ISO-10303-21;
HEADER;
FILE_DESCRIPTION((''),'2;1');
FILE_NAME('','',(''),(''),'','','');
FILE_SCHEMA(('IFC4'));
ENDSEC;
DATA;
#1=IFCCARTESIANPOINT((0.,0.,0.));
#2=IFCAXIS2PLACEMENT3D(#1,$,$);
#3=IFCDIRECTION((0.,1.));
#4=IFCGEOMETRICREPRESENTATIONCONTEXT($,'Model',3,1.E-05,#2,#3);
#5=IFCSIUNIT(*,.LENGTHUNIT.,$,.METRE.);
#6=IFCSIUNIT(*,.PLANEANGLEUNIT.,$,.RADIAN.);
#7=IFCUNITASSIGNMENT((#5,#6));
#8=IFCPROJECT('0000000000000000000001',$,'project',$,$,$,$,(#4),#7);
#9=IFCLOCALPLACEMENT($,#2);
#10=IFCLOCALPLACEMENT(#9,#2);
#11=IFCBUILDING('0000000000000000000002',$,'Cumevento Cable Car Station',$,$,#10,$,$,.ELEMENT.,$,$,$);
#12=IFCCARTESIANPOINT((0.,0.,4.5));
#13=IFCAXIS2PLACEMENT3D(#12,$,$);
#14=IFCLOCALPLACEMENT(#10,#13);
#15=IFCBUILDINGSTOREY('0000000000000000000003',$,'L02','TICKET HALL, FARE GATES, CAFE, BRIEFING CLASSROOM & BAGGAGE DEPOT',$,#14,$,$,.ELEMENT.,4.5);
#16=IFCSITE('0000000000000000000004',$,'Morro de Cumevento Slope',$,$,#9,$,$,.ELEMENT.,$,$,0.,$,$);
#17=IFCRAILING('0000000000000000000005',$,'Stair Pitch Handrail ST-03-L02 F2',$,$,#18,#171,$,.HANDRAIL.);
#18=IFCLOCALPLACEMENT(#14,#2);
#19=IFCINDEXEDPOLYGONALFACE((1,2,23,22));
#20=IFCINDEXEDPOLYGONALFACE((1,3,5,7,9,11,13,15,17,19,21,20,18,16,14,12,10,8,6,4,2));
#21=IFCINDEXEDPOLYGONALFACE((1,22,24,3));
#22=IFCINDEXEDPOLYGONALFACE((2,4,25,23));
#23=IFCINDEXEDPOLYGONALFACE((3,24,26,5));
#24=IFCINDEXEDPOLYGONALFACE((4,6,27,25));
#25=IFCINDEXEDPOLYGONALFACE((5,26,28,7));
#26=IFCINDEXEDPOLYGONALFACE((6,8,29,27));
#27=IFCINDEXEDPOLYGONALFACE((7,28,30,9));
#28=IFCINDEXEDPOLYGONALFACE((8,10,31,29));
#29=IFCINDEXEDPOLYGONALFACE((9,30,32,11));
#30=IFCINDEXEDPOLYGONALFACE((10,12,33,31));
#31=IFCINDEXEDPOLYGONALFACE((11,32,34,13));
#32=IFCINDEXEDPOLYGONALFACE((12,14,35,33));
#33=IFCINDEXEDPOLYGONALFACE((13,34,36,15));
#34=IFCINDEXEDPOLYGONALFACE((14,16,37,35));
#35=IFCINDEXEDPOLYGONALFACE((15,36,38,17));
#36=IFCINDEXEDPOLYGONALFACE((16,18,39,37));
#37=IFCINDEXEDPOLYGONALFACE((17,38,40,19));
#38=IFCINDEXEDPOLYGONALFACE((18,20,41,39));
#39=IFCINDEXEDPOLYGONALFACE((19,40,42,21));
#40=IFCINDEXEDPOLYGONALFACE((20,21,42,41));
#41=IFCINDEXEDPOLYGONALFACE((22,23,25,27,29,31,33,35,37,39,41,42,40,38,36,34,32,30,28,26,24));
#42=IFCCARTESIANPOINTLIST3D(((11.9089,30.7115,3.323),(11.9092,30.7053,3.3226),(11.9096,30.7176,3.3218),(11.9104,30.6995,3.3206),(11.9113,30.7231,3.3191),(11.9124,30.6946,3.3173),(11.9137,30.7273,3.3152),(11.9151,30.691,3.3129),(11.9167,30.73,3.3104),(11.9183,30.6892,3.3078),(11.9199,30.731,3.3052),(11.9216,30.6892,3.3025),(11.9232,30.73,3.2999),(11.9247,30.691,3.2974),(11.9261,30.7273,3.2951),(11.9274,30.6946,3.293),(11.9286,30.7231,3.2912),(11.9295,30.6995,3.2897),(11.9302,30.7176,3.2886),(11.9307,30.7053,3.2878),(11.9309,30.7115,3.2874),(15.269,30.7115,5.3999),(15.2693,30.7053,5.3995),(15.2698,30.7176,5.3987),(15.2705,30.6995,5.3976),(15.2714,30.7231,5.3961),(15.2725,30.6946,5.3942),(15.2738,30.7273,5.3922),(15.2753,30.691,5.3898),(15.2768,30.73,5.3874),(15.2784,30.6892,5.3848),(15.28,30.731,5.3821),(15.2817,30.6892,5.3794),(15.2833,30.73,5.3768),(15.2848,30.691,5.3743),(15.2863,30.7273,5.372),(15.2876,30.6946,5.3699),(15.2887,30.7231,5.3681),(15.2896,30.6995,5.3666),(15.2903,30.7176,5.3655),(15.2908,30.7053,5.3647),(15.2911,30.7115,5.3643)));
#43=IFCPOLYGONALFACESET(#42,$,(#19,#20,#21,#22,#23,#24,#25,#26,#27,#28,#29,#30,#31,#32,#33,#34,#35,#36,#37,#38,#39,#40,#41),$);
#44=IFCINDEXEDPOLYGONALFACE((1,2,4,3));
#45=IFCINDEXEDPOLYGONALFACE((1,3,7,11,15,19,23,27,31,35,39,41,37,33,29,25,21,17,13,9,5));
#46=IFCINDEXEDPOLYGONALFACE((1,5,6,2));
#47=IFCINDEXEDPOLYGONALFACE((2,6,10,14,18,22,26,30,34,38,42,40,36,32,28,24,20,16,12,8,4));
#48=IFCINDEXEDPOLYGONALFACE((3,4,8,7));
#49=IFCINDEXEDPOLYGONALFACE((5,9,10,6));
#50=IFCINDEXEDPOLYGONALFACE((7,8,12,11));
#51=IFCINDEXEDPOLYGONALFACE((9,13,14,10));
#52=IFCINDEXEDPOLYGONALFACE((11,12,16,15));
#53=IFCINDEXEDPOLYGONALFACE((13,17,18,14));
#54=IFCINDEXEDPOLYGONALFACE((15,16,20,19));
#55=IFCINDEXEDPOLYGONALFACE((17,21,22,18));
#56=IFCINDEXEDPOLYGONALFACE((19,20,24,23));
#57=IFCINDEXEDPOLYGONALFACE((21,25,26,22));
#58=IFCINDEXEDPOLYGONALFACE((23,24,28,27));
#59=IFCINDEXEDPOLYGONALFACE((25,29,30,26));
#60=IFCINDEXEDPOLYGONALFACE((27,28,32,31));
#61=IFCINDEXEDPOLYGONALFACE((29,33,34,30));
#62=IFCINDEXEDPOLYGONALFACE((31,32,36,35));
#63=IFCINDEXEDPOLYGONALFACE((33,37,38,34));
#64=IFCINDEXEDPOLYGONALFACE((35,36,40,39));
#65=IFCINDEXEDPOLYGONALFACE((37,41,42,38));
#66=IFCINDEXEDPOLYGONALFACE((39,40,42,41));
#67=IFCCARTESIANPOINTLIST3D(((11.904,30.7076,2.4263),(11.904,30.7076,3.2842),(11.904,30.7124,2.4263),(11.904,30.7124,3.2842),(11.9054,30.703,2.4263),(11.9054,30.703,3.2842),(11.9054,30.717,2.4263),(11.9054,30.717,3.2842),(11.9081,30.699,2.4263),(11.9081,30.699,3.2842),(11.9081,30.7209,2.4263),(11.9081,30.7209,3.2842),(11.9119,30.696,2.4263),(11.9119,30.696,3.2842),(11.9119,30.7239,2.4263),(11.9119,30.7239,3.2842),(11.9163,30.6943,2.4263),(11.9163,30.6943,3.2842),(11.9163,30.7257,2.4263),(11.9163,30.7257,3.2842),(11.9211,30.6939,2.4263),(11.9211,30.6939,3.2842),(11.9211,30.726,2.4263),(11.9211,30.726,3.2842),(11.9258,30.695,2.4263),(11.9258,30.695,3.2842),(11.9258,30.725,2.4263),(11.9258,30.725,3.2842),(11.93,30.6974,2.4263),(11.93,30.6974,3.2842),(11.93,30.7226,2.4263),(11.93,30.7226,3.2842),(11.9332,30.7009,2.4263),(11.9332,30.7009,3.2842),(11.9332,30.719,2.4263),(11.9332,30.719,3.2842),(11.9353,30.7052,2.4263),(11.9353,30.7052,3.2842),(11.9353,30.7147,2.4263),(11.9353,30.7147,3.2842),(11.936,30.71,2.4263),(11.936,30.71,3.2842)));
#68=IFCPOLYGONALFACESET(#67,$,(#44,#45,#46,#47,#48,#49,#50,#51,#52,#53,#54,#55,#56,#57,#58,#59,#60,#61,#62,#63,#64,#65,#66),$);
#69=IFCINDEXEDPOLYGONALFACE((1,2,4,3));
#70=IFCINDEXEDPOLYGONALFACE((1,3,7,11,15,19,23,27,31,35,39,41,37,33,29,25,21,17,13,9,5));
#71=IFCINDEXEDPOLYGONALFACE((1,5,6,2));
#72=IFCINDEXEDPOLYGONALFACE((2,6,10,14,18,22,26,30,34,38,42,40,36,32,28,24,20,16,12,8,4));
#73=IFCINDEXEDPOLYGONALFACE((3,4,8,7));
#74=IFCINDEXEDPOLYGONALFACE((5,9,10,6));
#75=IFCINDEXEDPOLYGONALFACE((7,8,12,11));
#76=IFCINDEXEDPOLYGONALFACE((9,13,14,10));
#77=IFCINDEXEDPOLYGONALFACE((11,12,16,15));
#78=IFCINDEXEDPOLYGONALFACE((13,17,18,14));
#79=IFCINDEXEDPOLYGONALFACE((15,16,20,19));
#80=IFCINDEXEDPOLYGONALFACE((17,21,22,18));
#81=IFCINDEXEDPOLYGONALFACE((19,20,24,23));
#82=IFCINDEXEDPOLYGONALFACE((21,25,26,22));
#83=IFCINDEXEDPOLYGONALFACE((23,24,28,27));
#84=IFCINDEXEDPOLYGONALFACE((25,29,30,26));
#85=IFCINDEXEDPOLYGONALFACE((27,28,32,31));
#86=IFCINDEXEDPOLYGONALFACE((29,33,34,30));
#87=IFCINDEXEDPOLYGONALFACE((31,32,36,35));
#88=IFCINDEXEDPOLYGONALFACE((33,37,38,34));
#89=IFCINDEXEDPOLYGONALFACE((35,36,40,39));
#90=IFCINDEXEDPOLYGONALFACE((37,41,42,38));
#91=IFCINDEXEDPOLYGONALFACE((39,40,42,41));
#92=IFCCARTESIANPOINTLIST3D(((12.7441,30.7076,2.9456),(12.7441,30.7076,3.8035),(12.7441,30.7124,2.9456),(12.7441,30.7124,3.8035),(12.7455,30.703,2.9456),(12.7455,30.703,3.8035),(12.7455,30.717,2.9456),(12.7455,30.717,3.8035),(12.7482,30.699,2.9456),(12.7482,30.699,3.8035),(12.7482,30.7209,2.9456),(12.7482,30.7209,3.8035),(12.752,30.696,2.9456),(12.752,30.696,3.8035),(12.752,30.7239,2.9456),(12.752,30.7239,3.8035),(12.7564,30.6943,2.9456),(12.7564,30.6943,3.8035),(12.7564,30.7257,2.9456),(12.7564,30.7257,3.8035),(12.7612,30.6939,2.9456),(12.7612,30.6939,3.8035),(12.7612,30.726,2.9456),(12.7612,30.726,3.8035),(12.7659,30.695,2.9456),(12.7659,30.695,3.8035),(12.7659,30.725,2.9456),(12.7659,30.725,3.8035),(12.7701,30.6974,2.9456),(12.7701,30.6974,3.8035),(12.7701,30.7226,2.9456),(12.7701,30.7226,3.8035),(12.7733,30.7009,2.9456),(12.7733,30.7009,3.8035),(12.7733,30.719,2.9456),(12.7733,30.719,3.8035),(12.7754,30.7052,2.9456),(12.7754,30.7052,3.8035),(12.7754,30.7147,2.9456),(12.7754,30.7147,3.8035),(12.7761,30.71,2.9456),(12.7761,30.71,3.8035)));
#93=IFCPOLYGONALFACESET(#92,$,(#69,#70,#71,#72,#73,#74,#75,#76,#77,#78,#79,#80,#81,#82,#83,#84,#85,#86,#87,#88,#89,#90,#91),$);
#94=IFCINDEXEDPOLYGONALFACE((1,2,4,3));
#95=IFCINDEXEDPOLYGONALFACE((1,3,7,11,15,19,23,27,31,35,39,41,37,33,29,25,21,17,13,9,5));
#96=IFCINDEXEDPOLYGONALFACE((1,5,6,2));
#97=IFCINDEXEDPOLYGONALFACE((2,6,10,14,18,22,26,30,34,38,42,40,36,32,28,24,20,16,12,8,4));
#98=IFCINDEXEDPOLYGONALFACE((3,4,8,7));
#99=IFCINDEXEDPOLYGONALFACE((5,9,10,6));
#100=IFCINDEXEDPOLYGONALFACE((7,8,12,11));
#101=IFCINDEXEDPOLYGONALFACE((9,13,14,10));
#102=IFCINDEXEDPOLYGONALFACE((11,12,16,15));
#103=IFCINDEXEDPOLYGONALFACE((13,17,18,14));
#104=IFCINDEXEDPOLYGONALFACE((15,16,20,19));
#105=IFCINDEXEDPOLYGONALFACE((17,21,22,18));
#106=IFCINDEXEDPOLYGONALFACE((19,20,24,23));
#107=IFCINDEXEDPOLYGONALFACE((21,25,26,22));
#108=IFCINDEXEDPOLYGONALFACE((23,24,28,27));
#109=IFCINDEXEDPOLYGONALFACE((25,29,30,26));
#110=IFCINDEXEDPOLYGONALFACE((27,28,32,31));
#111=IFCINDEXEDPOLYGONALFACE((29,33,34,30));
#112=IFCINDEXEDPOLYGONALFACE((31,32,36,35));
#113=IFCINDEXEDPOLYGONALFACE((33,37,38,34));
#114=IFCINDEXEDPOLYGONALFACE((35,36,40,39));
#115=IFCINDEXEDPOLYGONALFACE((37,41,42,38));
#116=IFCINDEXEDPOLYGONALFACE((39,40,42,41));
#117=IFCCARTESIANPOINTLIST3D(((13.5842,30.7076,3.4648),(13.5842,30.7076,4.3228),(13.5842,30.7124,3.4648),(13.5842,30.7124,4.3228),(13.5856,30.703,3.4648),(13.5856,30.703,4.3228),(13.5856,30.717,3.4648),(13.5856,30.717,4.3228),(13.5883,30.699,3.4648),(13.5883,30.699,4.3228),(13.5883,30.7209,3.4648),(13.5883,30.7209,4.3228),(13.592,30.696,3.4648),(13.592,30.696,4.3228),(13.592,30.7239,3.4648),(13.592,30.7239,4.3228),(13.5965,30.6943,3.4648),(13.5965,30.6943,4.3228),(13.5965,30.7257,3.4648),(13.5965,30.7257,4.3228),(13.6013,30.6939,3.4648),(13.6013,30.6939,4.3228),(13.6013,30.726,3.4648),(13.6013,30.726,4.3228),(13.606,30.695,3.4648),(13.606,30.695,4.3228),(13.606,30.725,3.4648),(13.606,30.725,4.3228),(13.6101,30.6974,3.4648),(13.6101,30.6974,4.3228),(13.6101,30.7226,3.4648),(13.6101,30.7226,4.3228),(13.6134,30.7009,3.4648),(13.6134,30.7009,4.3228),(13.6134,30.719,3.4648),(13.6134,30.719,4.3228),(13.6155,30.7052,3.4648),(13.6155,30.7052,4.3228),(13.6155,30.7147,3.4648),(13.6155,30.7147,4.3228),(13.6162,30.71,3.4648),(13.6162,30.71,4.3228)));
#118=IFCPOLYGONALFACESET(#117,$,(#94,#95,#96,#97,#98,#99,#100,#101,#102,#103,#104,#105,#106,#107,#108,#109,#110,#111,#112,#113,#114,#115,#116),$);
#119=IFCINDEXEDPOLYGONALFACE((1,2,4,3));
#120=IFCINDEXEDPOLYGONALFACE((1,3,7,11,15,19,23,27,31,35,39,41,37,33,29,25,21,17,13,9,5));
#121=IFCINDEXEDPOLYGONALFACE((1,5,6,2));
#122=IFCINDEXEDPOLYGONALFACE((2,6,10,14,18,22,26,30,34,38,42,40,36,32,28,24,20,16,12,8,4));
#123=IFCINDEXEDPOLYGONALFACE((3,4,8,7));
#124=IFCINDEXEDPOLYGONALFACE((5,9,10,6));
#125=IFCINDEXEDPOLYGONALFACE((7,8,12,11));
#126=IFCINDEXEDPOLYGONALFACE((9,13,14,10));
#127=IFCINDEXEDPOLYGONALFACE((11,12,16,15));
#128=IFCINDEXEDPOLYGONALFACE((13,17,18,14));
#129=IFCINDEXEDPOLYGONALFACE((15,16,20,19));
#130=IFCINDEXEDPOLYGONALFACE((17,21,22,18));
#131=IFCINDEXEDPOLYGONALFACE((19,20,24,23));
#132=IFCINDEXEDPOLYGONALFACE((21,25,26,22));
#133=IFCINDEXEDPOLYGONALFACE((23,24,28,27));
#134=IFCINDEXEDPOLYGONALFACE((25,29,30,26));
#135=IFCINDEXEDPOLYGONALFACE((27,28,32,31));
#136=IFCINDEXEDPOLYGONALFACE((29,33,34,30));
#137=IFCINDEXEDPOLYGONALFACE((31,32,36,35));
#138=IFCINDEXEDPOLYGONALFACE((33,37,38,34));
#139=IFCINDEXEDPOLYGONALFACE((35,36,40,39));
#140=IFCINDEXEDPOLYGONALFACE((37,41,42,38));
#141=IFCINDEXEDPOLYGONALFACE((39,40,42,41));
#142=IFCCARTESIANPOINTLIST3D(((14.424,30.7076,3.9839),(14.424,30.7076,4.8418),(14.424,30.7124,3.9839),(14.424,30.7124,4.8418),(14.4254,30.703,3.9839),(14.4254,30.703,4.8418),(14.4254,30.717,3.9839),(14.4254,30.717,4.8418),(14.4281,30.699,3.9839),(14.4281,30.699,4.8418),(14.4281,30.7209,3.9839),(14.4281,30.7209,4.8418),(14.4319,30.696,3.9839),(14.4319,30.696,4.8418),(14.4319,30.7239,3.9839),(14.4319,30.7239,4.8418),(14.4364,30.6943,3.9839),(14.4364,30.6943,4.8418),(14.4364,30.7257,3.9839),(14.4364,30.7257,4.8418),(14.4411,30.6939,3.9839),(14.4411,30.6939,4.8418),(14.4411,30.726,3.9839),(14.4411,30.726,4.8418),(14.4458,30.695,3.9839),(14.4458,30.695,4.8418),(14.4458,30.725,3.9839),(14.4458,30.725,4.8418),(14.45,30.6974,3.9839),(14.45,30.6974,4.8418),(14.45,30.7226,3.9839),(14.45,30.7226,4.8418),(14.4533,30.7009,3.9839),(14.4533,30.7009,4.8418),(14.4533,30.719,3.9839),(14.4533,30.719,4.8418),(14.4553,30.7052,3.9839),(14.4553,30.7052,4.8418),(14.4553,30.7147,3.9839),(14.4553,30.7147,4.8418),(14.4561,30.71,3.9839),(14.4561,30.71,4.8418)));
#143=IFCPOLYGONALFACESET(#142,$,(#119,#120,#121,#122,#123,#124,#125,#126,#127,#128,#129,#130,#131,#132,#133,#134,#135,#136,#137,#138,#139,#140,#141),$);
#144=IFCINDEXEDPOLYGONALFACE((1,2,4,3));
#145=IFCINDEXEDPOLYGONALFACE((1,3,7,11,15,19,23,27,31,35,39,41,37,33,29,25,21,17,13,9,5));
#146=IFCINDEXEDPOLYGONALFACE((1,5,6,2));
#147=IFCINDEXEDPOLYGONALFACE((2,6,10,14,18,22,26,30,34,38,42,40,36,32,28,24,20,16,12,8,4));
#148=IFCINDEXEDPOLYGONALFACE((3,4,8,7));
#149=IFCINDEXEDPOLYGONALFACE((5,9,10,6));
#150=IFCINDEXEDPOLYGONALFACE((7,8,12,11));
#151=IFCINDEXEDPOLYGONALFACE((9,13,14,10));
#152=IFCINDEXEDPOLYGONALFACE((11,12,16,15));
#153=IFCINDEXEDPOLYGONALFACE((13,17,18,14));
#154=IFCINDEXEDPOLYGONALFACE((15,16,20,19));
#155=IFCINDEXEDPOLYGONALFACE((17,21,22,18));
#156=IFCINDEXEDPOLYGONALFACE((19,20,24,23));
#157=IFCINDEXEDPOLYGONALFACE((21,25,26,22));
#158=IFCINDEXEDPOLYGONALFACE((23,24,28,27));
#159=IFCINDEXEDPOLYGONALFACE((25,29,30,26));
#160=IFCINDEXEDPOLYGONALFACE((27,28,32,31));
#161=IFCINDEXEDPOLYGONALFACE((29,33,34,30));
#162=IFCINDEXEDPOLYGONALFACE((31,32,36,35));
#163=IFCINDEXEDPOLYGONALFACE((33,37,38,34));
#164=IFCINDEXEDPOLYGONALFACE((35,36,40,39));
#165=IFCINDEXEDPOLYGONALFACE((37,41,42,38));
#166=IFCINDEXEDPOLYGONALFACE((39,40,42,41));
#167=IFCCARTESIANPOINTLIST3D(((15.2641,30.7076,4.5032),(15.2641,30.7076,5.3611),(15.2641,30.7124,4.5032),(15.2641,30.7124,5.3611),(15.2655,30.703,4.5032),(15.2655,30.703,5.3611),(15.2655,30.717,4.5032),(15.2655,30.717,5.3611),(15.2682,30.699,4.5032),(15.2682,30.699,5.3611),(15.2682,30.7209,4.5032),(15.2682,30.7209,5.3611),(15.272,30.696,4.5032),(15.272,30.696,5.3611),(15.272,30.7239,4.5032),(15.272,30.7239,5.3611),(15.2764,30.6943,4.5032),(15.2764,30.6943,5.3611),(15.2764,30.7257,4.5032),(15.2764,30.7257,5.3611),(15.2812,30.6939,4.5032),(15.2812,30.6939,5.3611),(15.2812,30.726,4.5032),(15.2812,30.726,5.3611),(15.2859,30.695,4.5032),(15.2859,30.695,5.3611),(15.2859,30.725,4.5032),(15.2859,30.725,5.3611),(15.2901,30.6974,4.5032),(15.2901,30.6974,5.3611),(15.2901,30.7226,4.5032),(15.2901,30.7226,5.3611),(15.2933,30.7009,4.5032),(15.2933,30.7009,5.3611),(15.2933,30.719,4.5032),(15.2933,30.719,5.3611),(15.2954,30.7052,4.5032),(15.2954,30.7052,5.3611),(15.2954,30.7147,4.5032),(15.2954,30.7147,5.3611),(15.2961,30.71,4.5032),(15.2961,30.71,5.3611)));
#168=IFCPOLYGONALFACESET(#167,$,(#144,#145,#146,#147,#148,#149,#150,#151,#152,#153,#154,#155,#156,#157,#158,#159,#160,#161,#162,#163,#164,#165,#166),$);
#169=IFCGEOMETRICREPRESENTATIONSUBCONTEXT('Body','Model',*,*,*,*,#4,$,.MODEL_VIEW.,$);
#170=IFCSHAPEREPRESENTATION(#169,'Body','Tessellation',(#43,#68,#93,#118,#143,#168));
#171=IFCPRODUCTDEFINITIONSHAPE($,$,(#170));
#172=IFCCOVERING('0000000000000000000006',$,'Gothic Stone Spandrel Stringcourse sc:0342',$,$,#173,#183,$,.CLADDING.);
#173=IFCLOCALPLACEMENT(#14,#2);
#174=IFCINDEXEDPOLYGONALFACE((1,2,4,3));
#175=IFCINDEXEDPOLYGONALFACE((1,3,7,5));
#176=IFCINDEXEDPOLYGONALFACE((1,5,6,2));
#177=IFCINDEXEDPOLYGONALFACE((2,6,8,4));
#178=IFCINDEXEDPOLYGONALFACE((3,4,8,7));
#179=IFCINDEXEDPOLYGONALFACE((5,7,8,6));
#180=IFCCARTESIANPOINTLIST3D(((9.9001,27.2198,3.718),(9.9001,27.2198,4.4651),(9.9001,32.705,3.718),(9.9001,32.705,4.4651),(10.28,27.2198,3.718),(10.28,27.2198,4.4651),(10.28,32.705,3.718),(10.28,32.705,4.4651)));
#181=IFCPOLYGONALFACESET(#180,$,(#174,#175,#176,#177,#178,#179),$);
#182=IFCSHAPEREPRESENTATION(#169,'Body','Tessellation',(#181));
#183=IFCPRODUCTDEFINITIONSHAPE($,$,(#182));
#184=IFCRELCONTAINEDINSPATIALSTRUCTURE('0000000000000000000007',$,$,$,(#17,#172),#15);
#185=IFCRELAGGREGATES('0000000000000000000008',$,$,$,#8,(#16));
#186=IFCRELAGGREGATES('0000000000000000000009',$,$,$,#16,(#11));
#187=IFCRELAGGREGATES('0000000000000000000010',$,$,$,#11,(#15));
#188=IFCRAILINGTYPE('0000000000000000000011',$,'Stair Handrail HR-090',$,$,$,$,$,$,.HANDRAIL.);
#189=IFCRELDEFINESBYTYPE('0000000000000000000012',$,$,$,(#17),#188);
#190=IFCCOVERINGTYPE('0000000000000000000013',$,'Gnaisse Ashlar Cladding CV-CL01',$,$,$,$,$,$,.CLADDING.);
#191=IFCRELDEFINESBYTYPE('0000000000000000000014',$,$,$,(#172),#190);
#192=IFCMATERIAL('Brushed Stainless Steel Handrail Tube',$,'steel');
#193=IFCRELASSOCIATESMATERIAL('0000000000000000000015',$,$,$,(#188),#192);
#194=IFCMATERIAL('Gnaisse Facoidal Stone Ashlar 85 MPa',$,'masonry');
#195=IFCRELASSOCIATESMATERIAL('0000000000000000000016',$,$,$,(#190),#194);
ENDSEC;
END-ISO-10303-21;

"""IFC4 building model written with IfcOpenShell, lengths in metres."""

from ifc_helpers import new_model, si_unit, direction, frame, origin, origin_2d, place, context, subcontext, project, spatial, rectangle, circle, extrude, material, type_object, element, save


model = new_model("IFC4")

# Units and contexts
model_context = context("Model", 3, precision=1e-05, world=origin(), true_north=direction((0.0, 1.0)))
body_context = subcontext(model_context, "Body", "Model", "MODEL_VIEW")
ifc_project = project(units=[si_unit("LENGTHUNIT", "METRE"), si_unit("PLANEANGLEUNIT", "RADIAN")], contexts=[model_context])

# Site, building, storey
site_placement = place(None, origin())
site = spatial("IfcSite", under=ifc_project, at=site_placement, Name="Morro de Cumevento Slope", CompositionType="ELEMENT", RefElevation=0.0)
building_placement = place(site_placement, origin())
building = spatial("IfcBuilding", under=site, at=building_placement, Name="Cumevento Cable Car Station", CompositionType="ELEMENT")
storey_placement = place(building_placement, frame((0.0, 0.0, 4.5)))
storey = spatial("IfcBuildingStorey", under=building, at=storey_placement, Name="L02", Description="TICKET HALL, FARE GATES, CAFE, BRIEFING CLASSROOM & BAGGAGE DEPOT", CompositionType="ELEMENT", Elevation=4.5)

# Railing
ifc_material_1 = material(Name="Brushed Stainless Steel Handrail Tube", Category="steel")
railing_type_1 = type_object("IfcRailingType", Name="Stair Handrail HR-090", PredefinedType="HANDRAIL", material=ifc_material_1)
railing_1_placement = place(storey_placement, frame((11.9199, 30.71, 2.4263)))
element("IfcRailing", 1, at=railing_1_placement, inside=storey, type_object=railing_type_1, Name="Stair Pitch Handrail ST-03-L02 F2", PredefinedType="HANDRAIL", context=body_context, shape_type="SweptSolid", body=[
    extrude(circle(Radius=0.021, at=origin_2d()), frame((0.0, 0.0, 0.8789), z_axis=(0.850623, 0.0, 0.525776), x_axis=(0.0, 1.0, 0.0)), (0.0, 0.0, 1.0), 3.9502),
    extrude(circle(Radius=0.0161, at=origin_2d()), origin(), (0.0, 0.0, 1.0), 0.8579),
    extrude(circle(Radius=0.0161, at=origin_2d()), frame((0.8401, 0.0, 0.5193)), (0.0, 0.0, 1.0), 0.8579),
    extrude(circle(Radius=0.0161, at=origin_2d()), frame((1.6802, 0.0, 1.0386)), (0.0, 0.0, 1.0), 0.8579),
    extrude(circle(Radius=0.0161, at=origin_2d()), frame((2.52, 0.0, 1.5576)), (0.0, 0.0, 1.0), 0.8579),
    extrude(circle(Radius=0.0161, at=origin_2d()), frame((3.3601, 0.0, 2.0769)), (0.0, 0.0, 1.0), 0.8579),
])

# Covering
ifc_material_2 = material(Name="Gnaisse Facoidal Stone Ashlar 85 MPa", Category="masonry")
covering_type = type_object("IfcCoveringType", Name="Gnaisse Ashlar Cladding CV-CL01", PredefinedType="CLADDING", material=ifc_material_2)
covering_1_placement = place(storey_placement, frame((10.0901, 29.9624, 3.718), z_axis=(0.0, 0.0, 1.0), x_axis=(0.0, 1.0, 0.0)))
element("IfcCovering", 2, at=covering_1_placement, inside=storey, type_object=covering_type, Name="Gothic Stone Spandrel Stringcourse sc:0342", PredefinedType="CLADDING", context=body_context, shape_type="SweptSolid", body=[
    extrude(rectangle(XDim=5.4851, YDim=0.3799, at=origin_2d()), origin(), (0.0, 0.0, 1.0), 0.7471),
])

save(model, "model.ifc")
